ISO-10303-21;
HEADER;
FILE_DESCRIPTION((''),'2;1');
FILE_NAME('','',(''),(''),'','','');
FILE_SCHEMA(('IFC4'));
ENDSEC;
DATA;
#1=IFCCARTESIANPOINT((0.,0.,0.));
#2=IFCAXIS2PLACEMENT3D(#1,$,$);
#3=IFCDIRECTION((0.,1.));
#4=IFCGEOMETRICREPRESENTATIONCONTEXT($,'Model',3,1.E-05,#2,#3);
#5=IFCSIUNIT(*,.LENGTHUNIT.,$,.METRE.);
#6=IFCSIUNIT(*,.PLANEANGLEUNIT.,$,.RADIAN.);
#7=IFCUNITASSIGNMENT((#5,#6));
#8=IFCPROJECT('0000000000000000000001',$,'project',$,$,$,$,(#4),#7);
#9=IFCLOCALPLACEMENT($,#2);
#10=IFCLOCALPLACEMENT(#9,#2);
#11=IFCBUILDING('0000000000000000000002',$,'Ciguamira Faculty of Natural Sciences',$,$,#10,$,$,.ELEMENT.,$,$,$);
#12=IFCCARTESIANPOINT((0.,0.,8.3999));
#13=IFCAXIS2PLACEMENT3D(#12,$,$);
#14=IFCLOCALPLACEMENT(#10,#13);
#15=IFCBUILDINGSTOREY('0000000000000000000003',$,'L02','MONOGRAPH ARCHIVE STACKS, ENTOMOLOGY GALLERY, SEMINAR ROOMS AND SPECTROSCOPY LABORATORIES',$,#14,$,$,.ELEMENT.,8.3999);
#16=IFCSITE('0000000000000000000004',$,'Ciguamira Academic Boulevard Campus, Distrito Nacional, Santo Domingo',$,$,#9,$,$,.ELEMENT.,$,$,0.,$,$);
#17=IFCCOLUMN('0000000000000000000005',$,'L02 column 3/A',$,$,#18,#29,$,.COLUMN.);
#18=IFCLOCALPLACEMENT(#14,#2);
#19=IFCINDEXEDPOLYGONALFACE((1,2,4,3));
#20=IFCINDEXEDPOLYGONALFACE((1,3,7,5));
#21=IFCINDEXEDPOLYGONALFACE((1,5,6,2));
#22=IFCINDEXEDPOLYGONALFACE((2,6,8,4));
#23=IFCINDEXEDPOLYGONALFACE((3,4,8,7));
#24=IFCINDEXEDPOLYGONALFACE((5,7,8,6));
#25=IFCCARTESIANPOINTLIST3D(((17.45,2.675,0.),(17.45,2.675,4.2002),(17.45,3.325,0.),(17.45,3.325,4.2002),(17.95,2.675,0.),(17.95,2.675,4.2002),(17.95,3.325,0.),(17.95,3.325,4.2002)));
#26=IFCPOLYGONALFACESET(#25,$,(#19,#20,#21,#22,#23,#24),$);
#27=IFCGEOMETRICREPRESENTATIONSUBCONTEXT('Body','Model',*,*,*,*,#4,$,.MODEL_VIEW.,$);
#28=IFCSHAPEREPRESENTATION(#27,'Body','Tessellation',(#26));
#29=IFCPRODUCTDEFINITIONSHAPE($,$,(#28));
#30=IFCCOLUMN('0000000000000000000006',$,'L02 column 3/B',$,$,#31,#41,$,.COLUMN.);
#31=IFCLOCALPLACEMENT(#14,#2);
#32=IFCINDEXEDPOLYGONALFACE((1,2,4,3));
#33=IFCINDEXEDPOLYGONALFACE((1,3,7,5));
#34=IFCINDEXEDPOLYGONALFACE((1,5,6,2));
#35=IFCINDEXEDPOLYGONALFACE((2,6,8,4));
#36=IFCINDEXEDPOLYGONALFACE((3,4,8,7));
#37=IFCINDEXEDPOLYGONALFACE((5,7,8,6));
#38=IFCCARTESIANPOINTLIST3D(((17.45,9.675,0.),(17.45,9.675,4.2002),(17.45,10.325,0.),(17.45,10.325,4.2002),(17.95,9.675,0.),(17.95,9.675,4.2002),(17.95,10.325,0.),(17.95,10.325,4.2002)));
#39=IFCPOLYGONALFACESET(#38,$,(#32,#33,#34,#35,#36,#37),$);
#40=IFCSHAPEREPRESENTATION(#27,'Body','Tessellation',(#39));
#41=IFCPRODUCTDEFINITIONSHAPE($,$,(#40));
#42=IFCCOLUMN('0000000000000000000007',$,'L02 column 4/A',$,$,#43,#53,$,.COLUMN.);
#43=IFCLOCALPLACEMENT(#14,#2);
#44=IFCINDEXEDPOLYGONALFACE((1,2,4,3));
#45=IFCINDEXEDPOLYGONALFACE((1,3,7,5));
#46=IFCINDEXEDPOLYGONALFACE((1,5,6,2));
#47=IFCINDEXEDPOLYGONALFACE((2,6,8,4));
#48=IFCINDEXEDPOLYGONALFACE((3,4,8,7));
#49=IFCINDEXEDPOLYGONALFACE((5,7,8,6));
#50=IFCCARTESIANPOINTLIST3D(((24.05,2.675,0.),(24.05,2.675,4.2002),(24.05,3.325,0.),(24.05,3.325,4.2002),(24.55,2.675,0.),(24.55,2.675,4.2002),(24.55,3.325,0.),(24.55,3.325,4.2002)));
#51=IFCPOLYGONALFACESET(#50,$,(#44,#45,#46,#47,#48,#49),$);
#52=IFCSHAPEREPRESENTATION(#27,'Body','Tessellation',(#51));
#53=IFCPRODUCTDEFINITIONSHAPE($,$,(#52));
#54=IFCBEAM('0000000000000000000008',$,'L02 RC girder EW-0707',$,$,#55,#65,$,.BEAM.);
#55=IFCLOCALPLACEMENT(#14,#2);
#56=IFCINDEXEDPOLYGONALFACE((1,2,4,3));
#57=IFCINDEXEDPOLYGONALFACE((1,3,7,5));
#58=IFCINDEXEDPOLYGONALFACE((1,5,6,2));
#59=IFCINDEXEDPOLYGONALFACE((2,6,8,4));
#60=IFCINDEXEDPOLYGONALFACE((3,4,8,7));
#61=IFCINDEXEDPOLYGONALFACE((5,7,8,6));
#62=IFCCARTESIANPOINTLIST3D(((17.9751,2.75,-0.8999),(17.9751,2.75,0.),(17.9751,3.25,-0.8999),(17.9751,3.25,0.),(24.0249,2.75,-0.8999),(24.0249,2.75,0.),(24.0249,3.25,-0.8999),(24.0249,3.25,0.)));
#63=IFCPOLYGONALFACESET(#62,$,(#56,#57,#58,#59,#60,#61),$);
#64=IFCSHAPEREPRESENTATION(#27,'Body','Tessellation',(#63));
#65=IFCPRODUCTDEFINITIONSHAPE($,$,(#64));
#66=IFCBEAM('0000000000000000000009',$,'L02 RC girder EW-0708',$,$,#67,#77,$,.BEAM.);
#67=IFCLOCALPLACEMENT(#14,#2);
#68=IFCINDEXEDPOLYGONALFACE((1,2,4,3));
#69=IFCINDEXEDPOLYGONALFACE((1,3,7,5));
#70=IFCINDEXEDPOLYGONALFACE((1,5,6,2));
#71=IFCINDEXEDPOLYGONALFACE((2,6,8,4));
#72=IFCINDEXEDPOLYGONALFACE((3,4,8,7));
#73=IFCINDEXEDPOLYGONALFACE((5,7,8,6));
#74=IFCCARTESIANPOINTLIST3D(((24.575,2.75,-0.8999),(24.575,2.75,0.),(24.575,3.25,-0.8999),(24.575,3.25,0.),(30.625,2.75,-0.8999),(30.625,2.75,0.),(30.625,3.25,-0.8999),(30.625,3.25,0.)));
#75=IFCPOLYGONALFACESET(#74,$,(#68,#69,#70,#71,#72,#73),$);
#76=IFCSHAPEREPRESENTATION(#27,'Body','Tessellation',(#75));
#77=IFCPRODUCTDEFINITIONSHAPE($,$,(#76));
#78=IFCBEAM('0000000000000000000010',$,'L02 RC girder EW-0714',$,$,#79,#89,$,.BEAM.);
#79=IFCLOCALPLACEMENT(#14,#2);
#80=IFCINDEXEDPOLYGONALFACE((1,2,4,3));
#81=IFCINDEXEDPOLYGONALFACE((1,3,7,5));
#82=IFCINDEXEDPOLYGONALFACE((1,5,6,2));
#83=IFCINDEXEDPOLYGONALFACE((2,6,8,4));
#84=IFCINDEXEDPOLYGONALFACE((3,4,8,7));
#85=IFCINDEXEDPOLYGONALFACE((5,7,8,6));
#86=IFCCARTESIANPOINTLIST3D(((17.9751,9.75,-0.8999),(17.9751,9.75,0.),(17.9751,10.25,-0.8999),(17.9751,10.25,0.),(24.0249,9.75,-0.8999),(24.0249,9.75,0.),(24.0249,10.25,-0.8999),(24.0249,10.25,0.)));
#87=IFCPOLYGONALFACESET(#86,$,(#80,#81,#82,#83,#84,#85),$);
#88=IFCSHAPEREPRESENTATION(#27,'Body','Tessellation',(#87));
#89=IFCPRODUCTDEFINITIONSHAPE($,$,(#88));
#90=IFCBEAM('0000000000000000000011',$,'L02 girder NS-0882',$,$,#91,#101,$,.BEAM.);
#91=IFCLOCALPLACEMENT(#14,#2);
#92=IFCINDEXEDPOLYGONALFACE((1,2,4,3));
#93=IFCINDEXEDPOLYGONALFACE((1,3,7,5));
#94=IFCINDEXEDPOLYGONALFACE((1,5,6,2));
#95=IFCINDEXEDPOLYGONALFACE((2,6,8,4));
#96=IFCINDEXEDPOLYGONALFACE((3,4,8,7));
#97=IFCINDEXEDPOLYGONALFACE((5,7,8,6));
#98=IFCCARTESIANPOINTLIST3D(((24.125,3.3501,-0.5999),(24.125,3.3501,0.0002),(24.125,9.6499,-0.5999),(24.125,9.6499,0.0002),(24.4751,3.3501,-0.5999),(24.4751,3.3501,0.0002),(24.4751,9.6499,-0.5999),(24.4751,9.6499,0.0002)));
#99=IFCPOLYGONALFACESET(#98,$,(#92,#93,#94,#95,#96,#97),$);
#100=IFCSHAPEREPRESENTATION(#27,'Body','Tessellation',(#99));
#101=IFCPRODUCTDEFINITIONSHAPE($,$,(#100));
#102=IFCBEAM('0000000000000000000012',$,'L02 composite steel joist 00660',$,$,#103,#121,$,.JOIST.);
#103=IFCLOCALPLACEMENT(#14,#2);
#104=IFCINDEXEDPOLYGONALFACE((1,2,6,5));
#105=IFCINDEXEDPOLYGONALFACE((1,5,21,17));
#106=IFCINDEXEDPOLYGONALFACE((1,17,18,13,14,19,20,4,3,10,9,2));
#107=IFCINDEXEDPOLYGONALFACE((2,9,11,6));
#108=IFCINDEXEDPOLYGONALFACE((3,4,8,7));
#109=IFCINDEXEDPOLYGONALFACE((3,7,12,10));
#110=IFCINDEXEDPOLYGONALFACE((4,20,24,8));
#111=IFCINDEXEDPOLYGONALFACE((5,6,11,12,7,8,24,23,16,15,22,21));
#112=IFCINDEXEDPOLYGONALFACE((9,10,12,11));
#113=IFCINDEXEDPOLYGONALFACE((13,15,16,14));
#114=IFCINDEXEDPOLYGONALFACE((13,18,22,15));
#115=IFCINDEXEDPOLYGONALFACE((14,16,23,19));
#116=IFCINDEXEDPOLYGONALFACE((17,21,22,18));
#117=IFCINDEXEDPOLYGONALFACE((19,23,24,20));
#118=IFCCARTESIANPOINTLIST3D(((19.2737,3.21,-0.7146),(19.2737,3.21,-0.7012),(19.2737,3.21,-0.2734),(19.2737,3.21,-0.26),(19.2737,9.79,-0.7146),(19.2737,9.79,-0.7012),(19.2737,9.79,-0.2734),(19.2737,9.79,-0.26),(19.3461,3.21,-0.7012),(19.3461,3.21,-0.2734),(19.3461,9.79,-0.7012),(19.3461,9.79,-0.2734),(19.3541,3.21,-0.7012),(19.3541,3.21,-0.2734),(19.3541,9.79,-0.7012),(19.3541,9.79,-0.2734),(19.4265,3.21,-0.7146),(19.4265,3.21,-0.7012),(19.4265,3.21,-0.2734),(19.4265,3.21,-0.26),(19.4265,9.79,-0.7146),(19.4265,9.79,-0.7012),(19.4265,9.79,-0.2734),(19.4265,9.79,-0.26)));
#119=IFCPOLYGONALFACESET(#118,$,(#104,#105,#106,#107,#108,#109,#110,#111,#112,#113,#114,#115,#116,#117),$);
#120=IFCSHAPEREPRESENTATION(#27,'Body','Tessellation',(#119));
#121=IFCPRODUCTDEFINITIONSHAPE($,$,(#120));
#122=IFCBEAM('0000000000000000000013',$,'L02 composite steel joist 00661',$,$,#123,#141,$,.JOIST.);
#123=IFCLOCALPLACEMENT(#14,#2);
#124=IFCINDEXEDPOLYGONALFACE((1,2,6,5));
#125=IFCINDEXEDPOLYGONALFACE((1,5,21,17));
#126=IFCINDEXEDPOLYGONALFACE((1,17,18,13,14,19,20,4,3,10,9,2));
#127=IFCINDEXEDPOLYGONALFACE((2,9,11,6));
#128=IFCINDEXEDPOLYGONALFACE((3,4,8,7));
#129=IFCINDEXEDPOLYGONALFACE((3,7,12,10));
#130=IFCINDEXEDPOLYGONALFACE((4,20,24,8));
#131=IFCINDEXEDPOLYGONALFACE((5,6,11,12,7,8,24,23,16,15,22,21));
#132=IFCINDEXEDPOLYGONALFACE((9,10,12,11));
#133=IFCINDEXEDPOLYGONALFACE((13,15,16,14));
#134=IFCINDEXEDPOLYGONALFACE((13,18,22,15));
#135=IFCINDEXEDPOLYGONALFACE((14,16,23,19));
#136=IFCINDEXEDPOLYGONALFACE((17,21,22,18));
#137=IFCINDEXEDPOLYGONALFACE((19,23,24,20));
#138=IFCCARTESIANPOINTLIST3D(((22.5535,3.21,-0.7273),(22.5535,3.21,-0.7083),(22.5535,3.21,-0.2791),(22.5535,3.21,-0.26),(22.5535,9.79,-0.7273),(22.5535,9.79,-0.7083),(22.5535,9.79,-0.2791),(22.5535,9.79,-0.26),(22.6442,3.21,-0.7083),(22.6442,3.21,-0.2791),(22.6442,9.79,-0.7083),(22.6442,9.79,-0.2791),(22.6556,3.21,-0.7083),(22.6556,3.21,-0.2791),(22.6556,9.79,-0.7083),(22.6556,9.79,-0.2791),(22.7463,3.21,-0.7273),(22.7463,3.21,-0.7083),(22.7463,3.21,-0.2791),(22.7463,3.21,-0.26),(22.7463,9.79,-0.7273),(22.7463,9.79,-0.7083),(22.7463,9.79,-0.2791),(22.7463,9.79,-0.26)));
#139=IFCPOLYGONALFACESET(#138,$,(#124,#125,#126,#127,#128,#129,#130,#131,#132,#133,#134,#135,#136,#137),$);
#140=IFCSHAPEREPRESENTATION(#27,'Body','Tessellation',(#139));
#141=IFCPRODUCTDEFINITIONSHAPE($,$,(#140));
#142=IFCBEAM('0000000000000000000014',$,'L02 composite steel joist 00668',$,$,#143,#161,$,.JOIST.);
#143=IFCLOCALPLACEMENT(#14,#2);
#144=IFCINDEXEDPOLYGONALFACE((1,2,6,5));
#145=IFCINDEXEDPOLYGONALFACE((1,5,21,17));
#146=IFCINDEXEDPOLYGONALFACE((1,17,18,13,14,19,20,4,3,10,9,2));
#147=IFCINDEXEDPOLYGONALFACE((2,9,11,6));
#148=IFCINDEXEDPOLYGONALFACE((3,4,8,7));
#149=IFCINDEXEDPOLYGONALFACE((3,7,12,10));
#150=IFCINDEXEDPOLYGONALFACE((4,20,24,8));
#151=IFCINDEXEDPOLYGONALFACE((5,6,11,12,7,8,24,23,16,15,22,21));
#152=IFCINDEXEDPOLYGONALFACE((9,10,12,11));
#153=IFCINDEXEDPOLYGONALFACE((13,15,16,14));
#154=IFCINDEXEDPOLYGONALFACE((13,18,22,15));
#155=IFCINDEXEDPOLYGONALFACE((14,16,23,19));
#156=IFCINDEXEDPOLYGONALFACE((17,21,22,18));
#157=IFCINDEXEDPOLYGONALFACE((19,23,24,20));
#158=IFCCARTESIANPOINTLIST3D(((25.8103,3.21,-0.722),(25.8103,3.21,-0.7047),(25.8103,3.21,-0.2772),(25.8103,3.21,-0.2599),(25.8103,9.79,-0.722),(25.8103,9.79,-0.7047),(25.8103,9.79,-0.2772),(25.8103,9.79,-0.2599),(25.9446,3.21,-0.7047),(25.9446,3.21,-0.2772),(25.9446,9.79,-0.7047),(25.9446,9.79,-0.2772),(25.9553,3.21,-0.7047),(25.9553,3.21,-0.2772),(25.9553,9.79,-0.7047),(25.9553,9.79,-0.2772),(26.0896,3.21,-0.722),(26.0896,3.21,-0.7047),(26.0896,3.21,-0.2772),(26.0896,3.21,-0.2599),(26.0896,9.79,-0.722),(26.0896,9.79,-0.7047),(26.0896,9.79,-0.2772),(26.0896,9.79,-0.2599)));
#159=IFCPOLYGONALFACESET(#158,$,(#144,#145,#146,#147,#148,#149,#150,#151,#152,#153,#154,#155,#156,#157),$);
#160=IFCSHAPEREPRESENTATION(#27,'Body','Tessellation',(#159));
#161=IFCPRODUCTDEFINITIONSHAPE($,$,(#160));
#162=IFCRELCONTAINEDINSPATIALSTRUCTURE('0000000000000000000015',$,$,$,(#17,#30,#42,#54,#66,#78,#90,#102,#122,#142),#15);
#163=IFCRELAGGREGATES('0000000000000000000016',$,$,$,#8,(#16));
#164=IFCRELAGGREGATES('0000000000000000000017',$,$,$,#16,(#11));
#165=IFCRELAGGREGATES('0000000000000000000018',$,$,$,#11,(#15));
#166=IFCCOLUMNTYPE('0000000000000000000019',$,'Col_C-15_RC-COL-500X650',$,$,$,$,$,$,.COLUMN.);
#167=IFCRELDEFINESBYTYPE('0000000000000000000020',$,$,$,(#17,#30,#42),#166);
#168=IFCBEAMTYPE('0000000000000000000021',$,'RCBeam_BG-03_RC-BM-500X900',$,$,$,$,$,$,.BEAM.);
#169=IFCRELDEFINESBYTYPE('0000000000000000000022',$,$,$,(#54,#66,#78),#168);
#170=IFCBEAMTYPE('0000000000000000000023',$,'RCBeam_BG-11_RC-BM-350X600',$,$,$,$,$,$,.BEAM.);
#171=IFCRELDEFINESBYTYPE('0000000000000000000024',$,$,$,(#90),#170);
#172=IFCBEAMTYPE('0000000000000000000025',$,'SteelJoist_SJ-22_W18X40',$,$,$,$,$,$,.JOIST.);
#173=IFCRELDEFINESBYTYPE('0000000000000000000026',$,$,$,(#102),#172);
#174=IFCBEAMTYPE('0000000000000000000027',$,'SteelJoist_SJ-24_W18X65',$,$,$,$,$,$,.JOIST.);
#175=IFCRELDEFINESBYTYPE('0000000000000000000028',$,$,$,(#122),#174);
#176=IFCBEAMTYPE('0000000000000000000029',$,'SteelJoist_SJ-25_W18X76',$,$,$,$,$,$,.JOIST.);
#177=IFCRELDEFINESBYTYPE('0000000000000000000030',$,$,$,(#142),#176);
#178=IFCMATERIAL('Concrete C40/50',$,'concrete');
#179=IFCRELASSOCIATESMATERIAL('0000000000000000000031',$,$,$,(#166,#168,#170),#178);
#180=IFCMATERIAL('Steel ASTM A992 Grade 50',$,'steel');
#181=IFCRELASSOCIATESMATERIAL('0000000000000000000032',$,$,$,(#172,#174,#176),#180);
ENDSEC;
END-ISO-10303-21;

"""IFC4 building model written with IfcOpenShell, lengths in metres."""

from ifc_helpers import new_model, si_unit, direction, frame, origin, origin_2d, place, context, subcontext, project, spatial, rectangle, i_section, extrude, material, material_profile, profile_set, type_object, element, save


model = new_model("IFC4")

# Units and contexts
model_context = context("Model", 3, precision=1e-05, world=origin(), true_north=direction((0.0, 1.0)))
body_context = subcontext(model_context, "Body", "Model", "MODEL_VIEW")
ifc_project = project(units=[si_unit("LENGTHUNIT", "METRE"), si_unit("PLANEANGLEUNIT", "RADIAN")], contexts=[model_context])

# Site, building, storey
site_placement = place(None, origin())
site = spatial("IfcSite", under=ifc_project, at=site_placement, Name="Ciguamira Academic Boulevard Campus, Distrito Nacional, Santo Domingo", CompositionType="ELEMENT", RefElevation=0.0)
building_placement = place(site_placement, origin())
building = spatial("IfcBuilding", under=site, at=building_placement, Name="Ciguamira Faculty of Natural Sciences", CompositionType="ELEMENT")
storey_placement = place(building_placement, frame((0.0, 0.0, 8.3999)))
storey = spatial("IfcBuildingStorey", under=building, at=storey_placement, Name="L02", Description="MONOGRAPH ARCHIVE STACKS, ENTOMOLOGY GALLERY, SEMINAR ROOMS AND SPECTROSCOPY LABORATORIES", CompositionType="ELEMENT", Elevation=8.3999)

# Columns
ifc_material_1 = material(Name="Concrete C40/50", Category="concrete")
ifc_material_profile_1 = material_profile(ifc_material_1, rectangle(XDim=0.5, YDim=0.6499, at=origin_2d()), Name="RC-COL-500X650")
ifc_profile_set_1 = profile_set([ifc_material_profile_1], Name="Concrete C40/50")
column_type = type_object("IfcColumnType", Name="Col_C-15_RC-COL-500X650", PredefinedType="COLUMN", material=ifc_profile_set_1)
for number, where, z_axis, x_axis, name in (
    (1, (17.7, 3.0, 0.0), (0.0, 0.0, 1.0), (1.0, 0.0, 0.0), "L02 column 3/A"),
    (2, (17.7, 10.0, 0.0), (0.0, 0.0, 1.0), (1.0, 0.0, 0.0), "L02 column 3/B"),
    (3, (24.3, 3.0, 0.0), (0.0, 0.0, 1.0), (1.0, 0.0, 0.0), "L02 column 4/A"),
):
    element("IfcColumn", number, at=place(storey_placement, frame(where, z_axis=z_axis, x_axis=x_axis)), inside=storey, type_object=column_type, Name=name, PredefinedType="COLUMN", context=body_context, shape_type="SweptSolid", body=[
        extrude(rectangle(XDim=0.5, YDim=0.6499, at=origin_2d()), origin(), (0.0, 0.0, 1.0), 4.2002),
    ])

# Beams
ifc_material_profile_2 = material_profile(ifc_material_1, rectangle(XDim=0.5, YDim=0.8999, at=origin_2d()), Name="RC-BM-500X900")
ifc_profile_set_2 = profile_set([ifc_material_profile_2], Name="Concrete C40/50")
beam_type_1 = type_object("IfcBeamType", Name="RCBeam_BG-03_RC-BM-500X900", PredefinedType="BEAM", material=ifc_profile_set_2)
beam_1_placement = place(storey_placement, frame((17.9751, 3.0, -0.45), z_axis=(1.0, 0.0, 0.0), x_axis=(0.0, 1.0, 0.0)))
element("IfcBeam", 4, at=beam_1_placement, inside=storey, type_object=beam_type_1, Name="L02 RC girder EW-0707", PredefinedType="BEAM", context=body_context, shape_type="SweptSolid", body=[
    extrude(rectangle(XDim=0.5, YDim=0.8999, at=origin_2d()), origin(), (0.0, 0.0, 1.0), 6.0498),
])
beam_2_placement = place(storey_placement, frame((24.575, 3.0, -0.45), z_axis=(1.0, 0.0, 0.0), x_axis=(0.0, 1.0, 0.0)))
element("IfcBeam", 5, at=beam_2_placement, inside=storey, type_object=beam_type_1, Name="L02 RC girder EW-0708", PredefinedType="BEAM", context=body_context, shape_type="SweptSolid", body=[
    extrude(rectangle(XDim=0.5, YDim=0.8999, at=origin_2d()), origin(), (0.0, 0.0, 1.0), 6.05),
])
beam_3_placement = place(storey_placement, frame((17.9751, 10.0, -0.45), z_axis=(1.0, 0.0, 0.0), x_axis=(0.0, 1.0, 0.0)))
element("IfcBeam", 6, at=beam_3_placement, inside=storey, type_object=beam_type_1, Name="L02 RC girder EW-0714", PredefinedType="BEAM", context=body_context, shape_type="SweptSolid", body=[
    extrude(rectangle(XDim=0.5, YDim=0.8999, at=origin_2d()), origin(), (0.0, 0.0, 1.0), 6.0498),
])
ifc_material_profile_3 = material_profile(ifc_material_1, rectangle(XDim=0.3501, YDim=0.6001, at=origin_2d()), Name="RC-BM-350X600")
ifc_profile_set_3 = profile_set([ifc_material_profile_3], Name="Concrete C40/50")
beam_type_2 = type_object("IfcBeamType", Name="RCBeam_BG-11_RC-BM-350X600", PredefinedType="BEAM", material=ifc_profile_set_3)
beam_4_placement = place(storey_placement, frame((24.3, 3.3501, -0.2998), z_axis=(0.0, 1.0, 0.0), x_axis=(-1.0, 0.0, 0.0)))
element("IfcBeam", 7, at=beam_4_placement, inside=storey, type_object=beam_type_2, Name="L02 girder NS-0882", PredefinedType="BEAM", context=body_context, shape_type="SweptSolid", body=[
    extrude(rectangle(XDim=0.3501, YDim=0.6001, at=origin_2d()), origin(), (0.0, 0.0, 1.0), 6.2998),
])
ifc_material_2 = material(Name="Steel ASTM A992 Grade 50", Category="steel")
ifc_material_profile_4 = material_profile(ifc_material_2, i_section(OverallWidth=0.1528, OverallDepth=0.4546, WebThickness=0.0081, FlangeThickness=0.0134, at=origin_2d()), Name="W18X40")
ifc_profile_set_4 = profile_set([ifc_material_profile_4], Name="Steel ASTM A992 Grade 50")
beam_type_3 = type_object("IfcBeamType", Name="SteelJoist_SJ-22_W18X40", PredefinedType="JOIST", material=ifc_profile_set_4)
beam_5_placement = place(storey_placement, frame((19.3501, 3.21, -0.4873), z_axis=(0.0, 1.0, 0.0), x_axis=(-1.0, 0.0, 0.0)))
element("IfcBeam", 8, at=beam_5_placement, inside=storey, type_object=beam_type_3, Name="L02 composite steel joist 00660", PredefinedType="JOIST", context=body_context, shape_type="SweptSolid", body=[
    extrude(i_section(OverallWidth=0.1528, OverallDepth=0.4546, WebThickness=0.0081, FlangeThickness=0.0134, at=origin_2d()), origin(), (0.0, 0.0, 1.0), 6.5801),
])
ifc_material_profile_5 = material_profile(ifc_material_2, i_section(OverallWidth=0.1929, OverallDepth=0.4673, WebThickness=0.0115, FlangeThickness=0.019, at=origin_2d()), Name="W18X65")
ifc_profile_set_5 = profile_set([ifc_material_profile_5], Name="Steel ASTM A992 Grade 50")
beam_type_4 = type_object("IfcBeamType", Name="SteelJoist_SJ-24_W18X65", PredefinedType="JOIST", material=ifc_profile_set_5)
beam_6_placement = place(storey_placement, frame((22.6499, 3.21, -0.4937), z_axis=(0.0, 1.0, 0.0), x_axis=(-1.0, 0.0, 0.0)))
element("IfcBeam", 9, at=beam_6_placement, inside=storey, type_object=beam_type_4, Name="L02 composite steel joist 00661", PredefinedType="JOIST", context=body_context, shape_type="SweptSolid", body=[
    extrude(i_section(OverallWidth=0.1929, OverallDepth=0.4673, WebThickness=0.0115, FlangeThickness=0.019, at=origin_2d()), origin(), (0.0, 0.0, 1.0), 6.5801),
])
ifc_material_profile_6 = material_profile(ifc_material_2, i_section(OverallWidth=0.2793, OverallDepth=0.4622, WebThickness=0.0107, FlangeThickness=0.0173, at=origin_2d()), Name="W18X76")
ifc_profile_set_6 = profile_set([ifc_material_profile_6], Name="Steel ASTM A992 Grade 50")
beam_type_5 = type_object("IfcBeamType", Name="SteelJoist_SJ-25_W18X76", PredefinedType="JOIST", material=ifc_profile_set_6)
beam_7_placement = place(storey_placement, frame((25.95, 3.21, -0.491), z_axis=(0.0, 1.0, 0.0), x_axis=(-1.0, 0.0, 0.0)))
element("IfcBeam", 10, at=beam_7_placement, inside=storey, type_object=beam_type_5, Name="L02 composite steel joist 00668", PredefinedType="JOIST", context=body_context, shape_type="SweptSolid", body=[
    extrude(i_section(OverallWidth=0.2793, OverallDepth=0.4622, WebThickness=0.0107, FlangeThickness=0.0173, at=origin_2d()), origin(), (0.0, 0.0, 1.0), 6.5801),
])

save(model, "model.ifc")
